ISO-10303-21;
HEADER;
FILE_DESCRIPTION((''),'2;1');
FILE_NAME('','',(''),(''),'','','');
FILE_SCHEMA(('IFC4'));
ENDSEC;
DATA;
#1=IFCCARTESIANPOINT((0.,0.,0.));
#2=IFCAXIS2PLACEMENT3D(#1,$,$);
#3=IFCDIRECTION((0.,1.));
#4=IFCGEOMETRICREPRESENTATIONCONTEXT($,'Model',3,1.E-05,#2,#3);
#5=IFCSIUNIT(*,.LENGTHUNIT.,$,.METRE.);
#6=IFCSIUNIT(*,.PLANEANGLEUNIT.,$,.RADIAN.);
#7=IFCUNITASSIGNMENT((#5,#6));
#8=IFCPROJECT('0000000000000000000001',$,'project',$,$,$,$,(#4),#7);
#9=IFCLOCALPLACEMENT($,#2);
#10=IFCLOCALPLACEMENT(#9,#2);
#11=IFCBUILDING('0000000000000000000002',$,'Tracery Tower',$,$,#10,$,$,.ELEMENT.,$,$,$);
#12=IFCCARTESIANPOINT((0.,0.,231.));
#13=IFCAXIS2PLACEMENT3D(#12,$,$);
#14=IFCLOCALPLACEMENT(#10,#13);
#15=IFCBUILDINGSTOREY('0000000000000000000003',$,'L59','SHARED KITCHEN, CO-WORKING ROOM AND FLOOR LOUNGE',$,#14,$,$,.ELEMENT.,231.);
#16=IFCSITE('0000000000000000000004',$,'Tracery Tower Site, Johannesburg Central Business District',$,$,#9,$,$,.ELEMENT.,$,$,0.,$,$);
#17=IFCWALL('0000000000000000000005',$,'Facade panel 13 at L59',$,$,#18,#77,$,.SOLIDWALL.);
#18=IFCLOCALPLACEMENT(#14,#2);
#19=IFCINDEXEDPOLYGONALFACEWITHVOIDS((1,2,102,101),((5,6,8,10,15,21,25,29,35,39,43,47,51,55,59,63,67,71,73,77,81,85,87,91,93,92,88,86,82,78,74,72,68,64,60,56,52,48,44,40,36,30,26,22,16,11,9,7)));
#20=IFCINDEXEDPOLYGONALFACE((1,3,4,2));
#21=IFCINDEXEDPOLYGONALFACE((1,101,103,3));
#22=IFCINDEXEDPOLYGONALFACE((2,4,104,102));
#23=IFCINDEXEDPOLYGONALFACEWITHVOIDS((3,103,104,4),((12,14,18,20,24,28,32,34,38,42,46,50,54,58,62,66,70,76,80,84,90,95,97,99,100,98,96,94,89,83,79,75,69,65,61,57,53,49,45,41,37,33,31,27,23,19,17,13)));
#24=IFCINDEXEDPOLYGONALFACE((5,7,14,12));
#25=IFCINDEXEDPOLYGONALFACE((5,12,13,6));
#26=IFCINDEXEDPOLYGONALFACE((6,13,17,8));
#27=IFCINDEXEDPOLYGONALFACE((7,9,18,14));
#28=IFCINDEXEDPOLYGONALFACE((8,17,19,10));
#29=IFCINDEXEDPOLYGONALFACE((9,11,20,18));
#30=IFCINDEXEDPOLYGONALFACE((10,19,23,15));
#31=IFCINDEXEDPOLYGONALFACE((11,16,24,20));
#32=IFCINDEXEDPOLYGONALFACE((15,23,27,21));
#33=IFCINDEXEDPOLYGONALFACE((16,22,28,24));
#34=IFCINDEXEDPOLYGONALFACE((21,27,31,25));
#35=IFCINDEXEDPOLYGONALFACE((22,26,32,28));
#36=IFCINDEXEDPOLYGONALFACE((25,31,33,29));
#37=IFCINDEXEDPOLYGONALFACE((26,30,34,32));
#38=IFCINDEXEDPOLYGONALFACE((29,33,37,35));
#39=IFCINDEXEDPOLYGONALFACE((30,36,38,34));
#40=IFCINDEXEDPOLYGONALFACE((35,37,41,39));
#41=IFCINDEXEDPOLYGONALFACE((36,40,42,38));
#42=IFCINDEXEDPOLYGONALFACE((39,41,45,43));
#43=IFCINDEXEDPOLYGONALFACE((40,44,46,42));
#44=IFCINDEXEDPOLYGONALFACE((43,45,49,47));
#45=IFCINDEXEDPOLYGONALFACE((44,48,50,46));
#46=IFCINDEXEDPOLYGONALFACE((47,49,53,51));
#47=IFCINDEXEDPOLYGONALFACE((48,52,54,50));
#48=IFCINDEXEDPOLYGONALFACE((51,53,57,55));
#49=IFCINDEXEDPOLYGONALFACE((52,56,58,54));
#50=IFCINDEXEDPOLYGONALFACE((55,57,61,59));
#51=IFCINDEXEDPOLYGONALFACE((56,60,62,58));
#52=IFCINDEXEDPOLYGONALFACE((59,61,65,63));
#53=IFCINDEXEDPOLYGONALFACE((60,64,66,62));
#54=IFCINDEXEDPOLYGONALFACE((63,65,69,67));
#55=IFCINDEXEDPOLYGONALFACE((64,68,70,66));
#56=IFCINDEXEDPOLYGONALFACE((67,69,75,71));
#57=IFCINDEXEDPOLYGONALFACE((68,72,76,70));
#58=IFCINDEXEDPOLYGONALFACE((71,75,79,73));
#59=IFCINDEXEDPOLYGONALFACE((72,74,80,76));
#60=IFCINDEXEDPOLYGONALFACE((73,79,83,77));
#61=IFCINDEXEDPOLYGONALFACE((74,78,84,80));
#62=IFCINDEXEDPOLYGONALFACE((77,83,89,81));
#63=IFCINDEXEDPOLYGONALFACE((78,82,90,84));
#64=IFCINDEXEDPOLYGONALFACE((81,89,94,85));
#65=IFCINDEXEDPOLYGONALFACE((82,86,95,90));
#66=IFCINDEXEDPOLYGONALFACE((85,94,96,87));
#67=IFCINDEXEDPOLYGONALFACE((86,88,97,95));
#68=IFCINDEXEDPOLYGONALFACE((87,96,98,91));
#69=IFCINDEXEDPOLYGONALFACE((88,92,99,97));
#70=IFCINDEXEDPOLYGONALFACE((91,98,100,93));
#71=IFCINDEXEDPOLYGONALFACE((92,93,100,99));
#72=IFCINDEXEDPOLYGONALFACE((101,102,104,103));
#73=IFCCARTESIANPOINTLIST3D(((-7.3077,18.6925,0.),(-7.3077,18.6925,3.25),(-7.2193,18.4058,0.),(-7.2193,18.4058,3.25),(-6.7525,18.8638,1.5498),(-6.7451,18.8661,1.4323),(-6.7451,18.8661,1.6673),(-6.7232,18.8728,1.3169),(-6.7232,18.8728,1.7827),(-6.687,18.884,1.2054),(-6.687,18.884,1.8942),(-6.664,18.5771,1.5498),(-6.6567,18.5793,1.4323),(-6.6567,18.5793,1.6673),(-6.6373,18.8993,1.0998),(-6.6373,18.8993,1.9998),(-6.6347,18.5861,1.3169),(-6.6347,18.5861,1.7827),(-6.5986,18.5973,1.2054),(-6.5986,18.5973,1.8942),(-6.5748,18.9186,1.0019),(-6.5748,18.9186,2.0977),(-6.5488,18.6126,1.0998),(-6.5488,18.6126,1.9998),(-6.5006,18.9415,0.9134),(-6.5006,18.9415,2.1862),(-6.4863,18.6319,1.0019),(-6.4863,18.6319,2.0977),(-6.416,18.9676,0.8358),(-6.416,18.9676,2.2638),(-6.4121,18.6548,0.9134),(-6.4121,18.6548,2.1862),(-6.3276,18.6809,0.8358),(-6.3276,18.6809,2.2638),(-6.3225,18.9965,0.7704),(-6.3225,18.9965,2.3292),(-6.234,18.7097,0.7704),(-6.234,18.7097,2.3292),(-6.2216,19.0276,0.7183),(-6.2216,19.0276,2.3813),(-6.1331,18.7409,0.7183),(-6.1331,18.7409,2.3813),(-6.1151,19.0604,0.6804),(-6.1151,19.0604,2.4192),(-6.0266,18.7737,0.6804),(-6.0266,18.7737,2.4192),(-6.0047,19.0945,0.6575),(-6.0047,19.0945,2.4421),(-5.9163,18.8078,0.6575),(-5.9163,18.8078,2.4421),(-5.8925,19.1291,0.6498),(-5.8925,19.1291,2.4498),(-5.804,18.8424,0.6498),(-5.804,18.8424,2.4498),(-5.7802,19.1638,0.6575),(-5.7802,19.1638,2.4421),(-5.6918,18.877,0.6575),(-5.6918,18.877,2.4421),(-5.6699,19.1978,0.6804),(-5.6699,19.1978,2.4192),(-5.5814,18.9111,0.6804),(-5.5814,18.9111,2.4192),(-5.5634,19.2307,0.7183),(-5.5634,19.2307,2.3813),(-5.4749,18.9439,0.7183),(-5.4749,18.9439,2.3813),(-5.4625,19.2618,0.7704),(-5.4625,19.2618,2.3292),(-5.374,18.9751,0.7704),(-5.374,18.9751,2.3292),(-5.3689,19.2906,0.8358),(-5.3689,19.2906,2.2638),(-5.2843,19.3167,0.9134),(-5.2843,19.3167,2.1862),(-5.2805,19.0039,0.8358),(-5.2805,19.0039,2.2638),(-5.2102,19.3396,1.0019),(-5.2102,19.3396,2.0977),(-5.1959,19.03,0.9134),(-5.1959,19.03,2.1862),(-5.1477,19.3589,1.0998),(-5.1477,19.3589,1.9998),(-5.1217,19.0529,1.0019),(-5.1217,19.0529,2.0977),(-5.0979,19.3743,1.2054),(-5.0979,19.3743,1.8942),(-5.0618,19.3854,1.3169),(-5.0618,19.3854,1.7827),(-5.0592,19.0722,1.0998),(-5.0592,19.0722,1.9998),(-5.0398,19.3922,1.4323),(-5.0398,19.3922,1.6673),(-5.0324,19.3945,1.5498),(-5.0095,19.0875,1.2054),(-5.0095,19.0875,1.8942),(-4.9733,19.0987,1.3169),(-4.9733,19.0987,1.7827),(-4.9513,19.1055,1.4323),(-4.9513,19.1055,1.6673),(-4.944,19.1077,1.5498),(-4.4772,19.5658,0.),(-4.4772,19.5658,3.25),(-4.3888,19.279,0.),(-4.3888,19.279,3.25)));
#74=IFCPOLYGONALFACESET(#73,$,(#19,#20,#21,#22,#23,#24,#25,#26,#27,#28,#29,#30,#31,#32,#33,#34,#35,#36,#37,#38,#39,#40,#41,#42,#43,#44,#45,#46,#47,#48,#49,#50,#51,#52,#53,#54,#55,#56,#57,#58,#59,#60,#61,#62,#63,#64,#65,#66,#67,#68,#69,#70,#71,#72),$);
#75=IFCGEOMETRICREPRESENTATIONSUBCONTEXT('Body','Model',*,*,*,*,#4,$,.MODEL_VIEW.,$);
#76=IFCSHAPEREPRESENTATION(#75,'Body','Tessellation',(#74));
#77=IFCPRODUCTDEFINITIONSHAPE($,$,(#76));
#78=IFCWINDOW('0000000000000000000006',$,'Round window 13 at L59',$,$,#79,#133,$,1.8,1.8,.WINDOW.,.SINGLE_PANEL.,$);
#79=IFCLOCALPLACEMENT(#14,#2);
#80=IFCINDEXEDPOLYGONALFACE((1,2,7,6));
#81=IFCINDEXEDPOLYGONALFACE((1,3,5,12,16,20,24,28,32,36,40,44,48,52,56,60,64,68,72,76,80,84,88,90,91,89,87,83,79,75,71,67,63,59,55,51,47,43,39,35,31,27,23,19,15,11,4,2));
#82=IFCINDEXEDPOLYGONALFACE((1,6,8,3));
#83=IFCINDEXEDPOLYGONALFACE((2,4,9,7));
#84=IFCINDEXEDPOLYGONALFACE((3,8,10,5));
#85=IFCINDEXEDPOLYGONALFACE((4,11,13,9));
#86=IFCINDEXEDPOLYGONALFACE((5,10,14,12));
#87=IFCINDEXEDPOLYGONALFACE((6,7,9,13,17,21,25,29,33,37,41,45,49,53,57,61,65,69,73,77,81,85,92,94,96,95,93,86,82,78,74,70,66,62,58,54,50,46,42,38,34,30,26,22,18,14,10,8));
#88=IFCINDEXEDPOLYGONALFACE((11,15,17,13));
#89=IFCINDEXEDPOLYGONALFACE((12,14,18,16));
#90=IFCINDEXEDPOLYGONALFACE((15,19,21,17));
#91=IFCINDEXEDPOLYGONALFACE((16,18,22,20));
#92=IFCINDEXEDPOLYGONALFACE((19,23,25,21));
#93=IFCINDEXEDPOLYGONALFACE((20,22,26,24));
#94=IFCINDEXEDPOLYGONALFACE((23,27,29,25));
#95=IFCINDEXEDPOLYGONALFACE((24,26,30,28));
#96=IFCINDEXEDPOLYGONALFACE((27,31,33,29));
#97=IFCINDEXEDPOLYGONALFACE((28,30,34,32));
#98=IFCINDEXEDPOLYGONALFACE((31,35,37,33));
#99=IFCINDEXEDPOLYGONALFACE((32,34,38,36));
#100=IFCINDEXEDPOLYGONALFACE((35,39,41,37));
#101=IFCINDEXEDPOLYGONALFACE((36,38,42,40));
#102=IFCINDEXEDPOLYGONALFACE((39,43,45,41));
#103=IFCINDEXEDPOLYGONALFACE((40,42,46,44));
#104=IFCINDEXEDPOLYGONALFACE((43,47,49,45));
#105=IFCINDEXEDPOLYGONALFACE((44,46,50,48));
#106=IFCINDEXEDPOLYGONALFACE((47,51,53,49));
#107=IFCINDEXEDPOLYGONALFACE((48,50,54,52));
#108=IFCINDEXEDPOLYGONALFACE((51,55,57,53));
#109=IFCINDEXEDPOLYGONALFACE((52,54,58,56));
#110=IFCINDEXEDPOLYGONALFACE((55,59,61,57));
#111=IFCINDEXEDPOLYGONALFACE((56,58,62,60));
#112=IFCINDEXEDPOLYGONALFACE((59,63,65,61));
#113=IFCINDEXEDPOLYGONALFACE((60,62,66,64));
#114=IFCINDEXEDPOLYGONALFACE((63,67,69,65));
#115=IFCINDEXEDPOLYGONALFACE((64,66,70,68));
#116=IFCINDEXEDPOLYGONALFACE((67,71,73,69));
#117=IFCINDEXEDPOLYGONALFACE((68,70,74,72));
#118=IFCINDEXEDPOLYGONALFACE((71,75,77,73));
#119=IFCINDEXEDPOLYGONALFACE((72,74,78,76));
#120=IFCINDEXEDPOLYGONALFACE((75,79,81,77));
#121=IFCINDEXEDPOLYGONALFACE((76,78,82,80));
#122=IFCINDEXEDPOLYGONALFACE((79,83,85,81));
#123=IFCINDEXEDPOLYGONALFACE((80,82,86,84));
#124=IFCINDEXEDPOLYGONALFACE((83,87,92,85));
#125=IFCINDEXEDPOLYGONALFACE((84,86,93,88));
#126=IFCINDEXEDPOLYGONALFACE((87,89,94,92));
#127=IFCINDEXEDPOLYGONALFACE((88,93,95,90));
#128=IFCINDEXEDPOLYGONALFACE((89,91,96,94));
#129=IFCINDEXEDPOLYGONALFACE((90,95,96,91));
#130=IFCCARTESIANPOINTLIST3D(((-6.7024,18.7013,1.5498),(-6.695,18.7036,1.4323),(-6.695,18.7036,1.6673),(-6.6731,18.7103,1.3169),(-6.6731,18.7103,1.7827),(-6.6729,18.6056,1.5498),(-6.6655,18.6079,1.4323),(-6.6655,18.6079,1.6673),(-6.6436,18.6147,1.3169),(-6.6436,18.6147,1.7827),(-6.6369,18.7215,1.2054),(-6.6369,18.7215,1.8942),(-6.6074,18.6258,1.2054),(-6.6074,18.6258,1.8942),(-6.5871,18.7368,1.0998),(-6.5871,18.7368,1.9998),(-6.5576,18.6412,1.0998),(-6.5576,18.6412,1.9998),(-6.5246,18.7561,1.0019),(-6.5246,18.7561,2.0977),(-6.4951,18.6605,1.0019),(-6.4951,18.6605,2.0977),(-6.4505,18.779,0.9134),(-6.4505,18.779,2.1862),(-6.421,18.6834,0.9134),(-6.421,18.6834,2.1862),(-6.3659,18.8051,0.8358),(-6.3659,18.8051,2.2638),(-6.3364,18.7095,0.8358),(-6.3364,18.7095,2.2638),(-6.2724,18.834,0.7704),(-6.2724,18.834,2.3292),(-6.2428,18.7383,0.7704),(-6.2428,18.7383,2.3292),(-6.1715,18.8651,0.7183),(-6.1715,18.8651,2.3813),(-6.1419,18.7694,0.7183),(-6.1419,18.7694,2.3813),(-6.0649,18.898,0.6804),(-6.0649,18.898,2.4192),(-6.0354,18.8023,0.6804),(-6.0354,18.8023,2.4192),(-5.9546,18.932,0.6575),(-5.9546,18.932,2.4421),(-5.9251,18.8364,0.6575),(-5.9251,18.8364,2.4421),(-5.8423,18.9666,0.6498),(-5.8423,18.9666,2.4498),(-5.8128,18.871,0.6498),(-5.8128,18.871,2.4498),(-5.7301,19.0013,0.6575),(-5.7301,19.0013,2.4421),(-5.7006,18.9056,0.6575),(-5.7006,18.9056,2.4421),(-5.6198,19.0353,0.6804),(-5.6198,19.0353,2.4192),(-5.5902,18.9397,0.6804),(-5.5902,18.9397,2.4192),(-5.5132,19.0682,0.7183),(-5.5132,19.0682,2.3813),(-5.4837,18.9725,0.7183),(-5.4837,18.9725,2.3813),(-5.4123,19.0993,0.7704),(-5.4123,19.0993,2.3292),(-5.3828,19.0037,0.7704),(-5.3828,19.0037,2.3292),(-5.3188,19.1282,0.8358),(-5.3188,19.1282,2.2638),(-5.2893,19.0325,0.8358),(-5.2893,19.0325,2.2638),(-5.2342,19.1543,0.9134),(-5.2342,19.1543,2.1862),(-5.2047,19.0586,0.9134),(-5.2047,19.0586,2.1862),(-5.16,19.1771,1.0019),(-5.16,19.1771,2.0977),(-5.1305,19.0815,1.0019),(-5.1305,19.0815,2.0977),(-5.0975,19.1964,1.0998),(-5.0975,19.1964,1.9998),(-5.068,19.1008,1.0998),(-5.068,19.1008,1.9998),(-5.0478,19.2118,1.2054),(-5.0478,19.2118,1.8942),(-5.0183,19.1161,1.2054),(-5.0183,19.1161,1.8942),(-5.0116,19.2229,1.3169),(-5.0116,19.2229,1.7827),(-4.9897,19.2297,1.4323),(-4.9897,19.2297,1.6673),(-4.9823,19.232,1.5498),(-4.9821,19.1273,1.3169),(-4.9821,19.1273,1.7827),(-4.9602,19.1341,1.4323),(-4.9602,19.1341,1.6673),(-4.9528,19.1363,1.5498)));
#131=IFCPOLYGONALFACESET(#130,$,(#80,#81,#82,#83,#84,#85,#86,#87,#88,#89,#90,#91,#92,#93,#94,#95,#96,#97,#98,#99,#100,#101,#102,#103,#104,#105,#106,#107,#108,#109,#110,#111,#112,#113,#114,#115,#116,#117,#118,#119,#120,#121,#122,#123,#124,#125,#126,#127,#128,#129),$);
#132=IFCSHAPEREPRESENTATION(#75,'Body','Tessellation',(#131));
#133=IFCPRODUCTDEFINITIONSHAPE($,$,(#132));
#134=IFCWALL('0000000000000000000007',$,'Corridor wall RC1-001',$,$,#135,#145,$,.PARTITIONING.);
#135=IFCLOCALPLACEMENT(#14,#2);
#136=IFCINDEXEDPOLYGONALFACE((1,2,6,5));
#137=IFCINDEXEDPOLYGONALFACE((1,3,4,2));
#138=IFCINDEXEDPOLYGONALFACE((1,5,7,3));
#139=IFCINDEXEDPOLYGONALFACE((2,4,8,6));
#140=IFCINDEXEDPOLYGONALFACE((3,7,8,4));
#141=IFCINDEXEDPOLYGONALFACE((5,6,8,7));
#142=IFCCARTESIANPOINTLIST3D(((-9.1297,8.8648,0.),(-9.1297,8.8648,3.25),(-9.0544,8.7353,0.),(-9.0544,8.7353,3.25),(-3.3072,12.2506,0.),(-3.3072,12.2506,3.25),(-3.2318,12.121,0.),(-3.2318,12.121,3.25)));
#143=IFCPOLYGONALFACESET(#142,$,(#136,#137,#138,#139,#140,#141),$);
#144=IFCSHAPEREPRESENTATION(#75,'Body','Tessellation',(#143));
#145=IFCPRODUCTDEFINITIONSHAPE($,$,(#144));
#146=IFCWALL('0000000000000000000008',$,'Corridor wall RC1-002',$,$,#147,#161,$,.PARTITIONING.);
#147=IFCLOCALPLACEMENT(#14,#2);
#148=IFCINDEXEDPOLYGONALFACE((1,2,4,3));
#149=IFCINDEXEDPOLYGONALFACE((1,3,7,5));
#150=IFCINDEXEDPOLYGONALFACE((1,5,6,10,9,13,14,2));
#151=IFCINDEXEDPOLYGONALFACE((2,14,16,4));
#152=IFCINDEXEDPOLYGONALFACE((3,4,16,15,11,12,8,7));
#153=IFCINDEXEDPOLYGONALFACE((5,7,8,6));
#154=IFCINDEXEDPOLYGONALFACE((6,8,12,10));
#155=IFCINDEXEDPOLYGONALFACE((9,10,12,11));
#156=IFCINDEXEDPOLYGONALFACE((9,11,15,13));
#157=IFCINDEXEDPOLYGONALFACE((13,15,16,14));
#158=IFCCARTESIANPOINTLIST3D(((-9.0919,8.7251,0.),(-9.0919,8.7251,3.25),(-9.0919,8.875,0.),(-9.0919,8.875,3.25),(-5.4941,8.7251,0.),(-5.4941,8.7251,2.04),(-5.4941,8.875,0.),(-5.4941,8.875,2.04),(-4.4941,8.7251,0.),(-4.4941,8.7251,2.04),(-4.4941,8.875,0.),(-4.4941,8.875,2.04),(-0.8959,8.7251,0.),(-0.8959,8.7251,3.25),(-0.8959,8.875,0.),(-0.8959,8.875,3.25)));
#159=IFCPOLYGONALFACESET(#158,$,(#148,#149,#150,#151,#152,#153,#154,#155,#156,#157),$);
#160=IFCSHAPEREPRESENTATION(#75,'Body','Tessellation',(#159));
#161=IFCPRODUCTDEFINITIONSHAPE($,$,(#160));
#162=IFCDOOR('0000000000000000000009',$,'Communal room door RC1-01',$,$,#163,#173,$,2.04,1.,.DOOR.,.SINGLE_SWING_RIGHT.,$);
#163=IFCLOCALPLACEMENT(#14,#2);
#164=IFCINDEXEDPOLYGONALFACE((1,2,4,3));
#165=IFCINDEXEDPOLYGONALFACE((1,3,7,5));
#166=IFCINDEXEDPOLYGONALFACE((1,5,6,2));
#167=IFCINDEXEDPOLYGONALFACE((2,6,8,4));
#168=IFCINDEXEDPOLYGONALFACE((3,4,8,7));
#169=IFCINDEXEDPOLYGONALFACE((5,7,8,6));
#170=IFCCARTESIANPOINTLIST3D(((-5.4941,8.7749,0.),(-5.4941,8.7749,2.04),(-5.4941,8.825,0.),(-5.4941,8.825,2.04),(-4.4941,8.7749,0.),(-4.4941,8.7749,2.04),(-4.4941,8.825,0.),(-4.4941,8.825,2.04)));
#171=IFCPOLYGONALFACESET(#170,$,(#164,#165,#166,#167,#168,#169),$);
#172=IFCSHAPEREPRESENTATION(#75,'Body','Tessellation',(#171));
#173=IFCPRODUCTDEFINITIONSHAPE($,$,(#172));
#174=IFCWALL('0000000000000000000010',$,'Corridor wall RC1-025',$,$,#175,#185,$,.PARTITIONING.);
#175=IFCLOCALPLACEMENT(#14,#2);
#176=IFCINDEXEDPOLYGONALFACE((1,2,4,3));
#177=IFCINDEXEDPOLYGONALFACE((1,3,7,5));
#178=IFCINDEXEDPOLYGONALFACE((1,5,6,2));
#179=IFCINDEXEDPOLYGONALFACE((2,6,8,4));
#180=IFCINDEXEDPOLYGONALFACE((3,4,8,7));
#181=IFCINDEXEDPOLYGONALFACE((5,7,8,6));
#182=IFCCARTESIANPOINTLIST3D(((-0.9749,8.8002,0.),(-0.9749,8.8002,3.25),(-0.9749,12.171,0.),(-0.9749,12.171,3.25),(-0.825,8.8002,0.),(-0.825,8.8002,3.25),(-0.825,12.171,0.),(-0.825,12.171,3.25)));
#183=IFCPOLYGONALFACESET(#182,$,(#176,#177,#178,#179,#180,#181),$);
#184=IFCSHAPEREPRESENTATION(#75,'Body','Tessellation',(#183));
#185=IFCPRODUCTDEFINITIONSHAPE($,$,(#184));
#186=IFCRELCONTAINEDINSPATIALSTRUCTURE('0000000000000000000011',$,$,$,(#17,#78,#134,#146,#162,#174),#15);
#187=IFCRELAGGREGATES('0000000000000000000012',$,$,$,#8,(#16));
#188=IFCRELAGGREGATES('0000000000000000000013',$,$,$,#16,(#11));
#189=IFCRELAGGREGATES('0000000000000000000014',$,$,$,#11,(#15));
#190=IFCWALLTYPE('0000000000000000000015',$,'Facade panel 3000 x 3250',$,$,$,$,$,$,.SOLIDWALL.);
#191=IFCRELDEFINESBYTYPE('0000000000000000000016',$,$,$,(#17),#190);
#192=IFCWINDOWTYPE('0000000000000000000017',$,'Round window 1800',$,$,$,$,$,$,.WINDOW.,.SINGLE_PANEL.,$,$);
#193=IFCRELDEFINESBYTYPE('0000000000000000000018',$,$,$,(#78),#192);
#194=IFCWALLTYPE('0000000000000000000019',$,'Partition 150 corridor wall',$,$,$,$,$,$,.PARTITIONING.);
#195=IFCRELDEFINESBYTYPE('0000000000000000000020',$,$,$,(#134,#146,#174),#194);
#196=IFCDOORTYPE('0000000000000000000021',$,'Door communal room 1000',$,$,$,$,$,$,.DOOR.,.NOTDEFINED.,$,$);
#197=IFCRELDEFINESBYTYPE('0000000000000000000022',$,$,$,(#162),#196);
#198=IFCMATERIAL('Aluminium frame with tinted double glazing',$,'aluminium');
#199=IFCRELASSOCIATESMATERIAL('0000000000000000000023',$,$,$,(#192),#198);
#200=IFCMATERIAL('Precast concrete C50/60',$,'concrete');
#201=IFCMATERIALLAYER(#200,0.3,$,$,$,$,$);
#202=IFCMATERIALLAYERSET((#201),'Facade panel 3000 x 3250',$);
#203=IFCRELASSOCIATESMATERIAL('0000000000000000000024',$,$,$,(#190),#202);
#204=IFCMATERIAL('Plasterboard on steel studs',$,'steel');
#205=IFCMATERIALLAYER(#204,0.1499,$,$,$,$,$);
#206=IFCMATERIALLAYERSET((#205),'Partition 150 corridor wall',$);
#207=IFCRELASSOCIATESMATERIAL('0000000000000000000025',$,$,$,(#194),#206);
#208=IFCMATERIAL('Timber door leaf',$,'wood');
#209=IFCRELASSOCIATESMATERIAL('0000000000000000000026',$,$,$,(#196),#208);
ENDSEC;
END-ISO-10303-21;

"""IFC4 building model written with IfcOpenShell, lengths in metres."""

from ifc_helpers import new_model, si_unit, direction, frame, frame_2d, origin, origin_2d, place, context, subcontext, project, spatial, rectangle, circle, extrude, material, layer, layer_set, type_object, element, fill, save


model = new_model("IFC4")

# Units and contexts
model_context = context("Model", 3, precision=1e-05, world=origin(), true_north=direction((0.0, 1.0)))
body_context = subcontext(model_context, "Body", "Model", "MODEL_VIEW")
ifc_project = project(units=[si_unit("LENGTHUNIT", "METRE"), si_unit("PLANEANGLEUNIT", "RADIAN")], contexts=[model_context])

# Site, building, storey
site_placement = place(None, origin())
site = spatial("IfcSite", under=ifc_project, at=site_placement, Name="Tracery Tower Site, Johannesburg Central Business District", CompositionType="ELEMENT", RefElevation=0.0)
building_placement = place(site_placement, origin())
building = spatial("IfcBuilding", under=site, at=building_placement, Name="Tracery Tower", CompositionType="ELEMENT")
storey_placement = place(building_placement, frame((0.0, 0.0, 231.0)))
storey = spatial("IfcBuildingStorey", under=building, at=storey_placement, Name="L59", Description="SHARED KITCHEN, CO-WORKING ROOM AND FLOOR LOUNGE", CompositionType="ELEMENT", Elevation=231.0)

# Wall, opening, window
ifc_material_1 = material(Name="Aluminium frame with tinted double glazing", Category="aluminium")
window_type = type_object("IfcWindowType", Name="Round window 1800", PartitioningType="SINGLE_PANEL", PredefinedType="WINDOW", material=ifc_material_1)
ifc_material_2 = material(Name="Precast concrete C50/60", Category="concrete")
ifc_layer_1 = layer(ifc_material_2, 0.3)
ifc_layer_set_1 = layer_set([ifc_layer_1], Name="Facade panel 3000 x 3250")
wall_type_1 = type_object("IfcWallType", Name="Facade panel 3000 x 3250", PredefinedType="SOLIDWALL", material=ifc_layer_set_1)
wall_1_placement = place(storey_placement, frame((-4.4331, 19.4224, 0.0), z_axis=(0.0, 0.0, 1.0), x_axis=(-0.955556, -0.29481, 0.0)))
wall_1 = element("IfcWall", 1, at=wall_1_placement, inside=storey, type_object=wall_type_1, Name="Facade panel 13 at L59", PredefinedType="SOLIDWALL", context=body_context, shape_type="SweptSolid", body=[
    extrude(rectangle(XDim=2.9622, YDim=0.3, at=frame_2d((1.481, 0.0))), origin(), (0.0, 0.0, 1.0), 3.25),
])
opening_1_placement = place(wall_1_placement, frame((1.481, 0.0, 1.5498)))
opening_1 = element("IfcOpeningElement", 2, at=opening_1_placement, cuts=wall_1, PredefinedType="OPENING", context=body_context, shape_type="SweptSolid", body=[
    extrude(circle(Radius=0.9, at=origin_2d()), frame((0.0, 0.1599, 0.0), z_axis=(0.0, -1.0, 0.0), x_axis=(1.0, 0.0, 0.0)), (0.0, 0.0, 1.0), 0.3201),
])
window_1_placement = place(opening_1_placement, origin())
window_1 = element("IfcWindow", 3, at=window_1_placement, inside=storey, type_object=window_type, Name="Round window 13 at L59", OverallHeight=1.8, OverallWidth=1.8, PartitioningType="SINGLE_PANEL", PredefinedType="WINDOW", context=body_context, shape_type="SweptSolid", body=[
    extrude(circle(Radius=0.9, at=origin_2d()), frame((0.0, 0.1201, 0.0), z_axis=(0.0, -1.0, 0.0), x_axis=(1.0, 0.0, 0.0)), (0.0, 0.0, 1.0), 0.1001),
])
fill(opening_1, window_1)

# Wall
ifc_material_3 = material(Name="Plasterboard on steel studs", Category="steel")
ifc_layer_2 = layer(ifc_material_3, 0.1499)
ifc_layer_set_2 = layer_set([ifc_layer_2], Name="Partition 150 corridor wall")
wall_type_2 = type_object("IfcWallType", Name="Partition 150 corridor wall", PredefinedType="PARTITIONING", material=ifc_layer_set_2)
wall_2_placement = place(storey_placement, frame((-9.092, 8.8, 0.0), z_axis=(0.0, 0.0, 1.0), x_axis=(0.864471, 0.502683, 0.0)))
element("IfcWall", 4, at=wall_2_placement, inside=storey, type_object=wall_type_2, Name="Corridor wall RC1-001", PredefinedType="PARTITIONING", context=body_context, shape_type="SweptSolid", body=[
    extrude(rectangle(XDim=6.7354, YDim=0.1499, at=frame_2d((3.3677, 0.0))), origin(), (0.0, 0.0, 1.0), 3.25),
])

# Wall, opening, door
wall_3_placement = place(storey_placement, frame((-9.092, 8.8, 0.0), z_axis=(0.0, 0.0, 1.0), x_axis=(1.0, 0.0, 0.0)))
wall_3 = element("IfcWall", 5, at=wall_3_placement, inside=storey, type_object=wall_type_2, Name="Corridor wall RC1-002", PredefinedType="PARTITIONING", context=body_context, shape_type="SweptSolid", body=[
    extrude(rectangle(XDim=8.196, YDim=0.1499, at=frame_2d((4.0981, 0.0))), origin(), (0.0, 0.0, 1.0), 3.25),
])
opening_2_placement = place(wall_3_placement, frame((3.5979, 0.0, 0.0)))
opening_2 = element("IfcOpeningElement", 6, at=opening_2_placement, cuts=wall_3, PredefinedType="OPENING", context=body_context, shape_type="SweptSolid", body=[
    extrude(rectangle(XDim=1.0, YDim=2.04, at=frame_2d((0.5, 1.02))), frame((0.0, 0.075, 0.0), z_axis=(0.0, -1.0, 0.0), x_axis=(1.0, 0.0, 0.0)), (0.0, 0.0, 1.0), 0.1499),
])
ifc_material_4 = material(Name="Timber door leaf", Category="wood")
door_type_1 = type_object("IfcDoorType", Name="Door communal room 1000", OperationType="NOTDEFINED", PredefinedType="DOOR", material=ifc_material_4)
door_1_placement = place(opening_2_placement, origin())
door_1 = element("IfcDoor", 7, at=door_1_placement, inside=storey, type_object=door_type_1, Name="Communal room door RC1-01", OperationType="SINGLE_SWING_RIGHT", OverallHeight=2.04, OverallWidth=1.0, PredefinedType="DOOR", context=body_context, shape_type="SweptSolid", body=[
    extrude(rectangle(XDim=1.0, YDim=2.04, at=frame_2d((0.5, 1.02))), frame((0.0, 0.0249, 0.0), z_axis=(0.0, -1.0, 0.0), x_axis=(1.0, 0.0, 0.0)), (0.0, 0.0, 1.0), 0.05),
])
fill(opening_2, door_1)

# Wall
wall_4_placement = place(storey_placement, frame((-0.8999, 8.8, 0.0), z_axis=(0.0, 0.0, 1.0), x_axis=(0.0, 1.0, 0.0)))
element("IfcWall", 8, at=wall_4_placement, inside=storey, type_object=wall_type_2, Name="Corridor wall RC1-025", PredefinedType="PARTITIONING", context=body_context, shape_type="SweptSolid", body=[
    extrude(rectangle(XDim=3.3708, YDim=0.1499, at=frame_2d((1.6855, 0.0))), origin(), (0.0, 0.0, 1.0), 3.25),
])

save(model, "model.ifc")
